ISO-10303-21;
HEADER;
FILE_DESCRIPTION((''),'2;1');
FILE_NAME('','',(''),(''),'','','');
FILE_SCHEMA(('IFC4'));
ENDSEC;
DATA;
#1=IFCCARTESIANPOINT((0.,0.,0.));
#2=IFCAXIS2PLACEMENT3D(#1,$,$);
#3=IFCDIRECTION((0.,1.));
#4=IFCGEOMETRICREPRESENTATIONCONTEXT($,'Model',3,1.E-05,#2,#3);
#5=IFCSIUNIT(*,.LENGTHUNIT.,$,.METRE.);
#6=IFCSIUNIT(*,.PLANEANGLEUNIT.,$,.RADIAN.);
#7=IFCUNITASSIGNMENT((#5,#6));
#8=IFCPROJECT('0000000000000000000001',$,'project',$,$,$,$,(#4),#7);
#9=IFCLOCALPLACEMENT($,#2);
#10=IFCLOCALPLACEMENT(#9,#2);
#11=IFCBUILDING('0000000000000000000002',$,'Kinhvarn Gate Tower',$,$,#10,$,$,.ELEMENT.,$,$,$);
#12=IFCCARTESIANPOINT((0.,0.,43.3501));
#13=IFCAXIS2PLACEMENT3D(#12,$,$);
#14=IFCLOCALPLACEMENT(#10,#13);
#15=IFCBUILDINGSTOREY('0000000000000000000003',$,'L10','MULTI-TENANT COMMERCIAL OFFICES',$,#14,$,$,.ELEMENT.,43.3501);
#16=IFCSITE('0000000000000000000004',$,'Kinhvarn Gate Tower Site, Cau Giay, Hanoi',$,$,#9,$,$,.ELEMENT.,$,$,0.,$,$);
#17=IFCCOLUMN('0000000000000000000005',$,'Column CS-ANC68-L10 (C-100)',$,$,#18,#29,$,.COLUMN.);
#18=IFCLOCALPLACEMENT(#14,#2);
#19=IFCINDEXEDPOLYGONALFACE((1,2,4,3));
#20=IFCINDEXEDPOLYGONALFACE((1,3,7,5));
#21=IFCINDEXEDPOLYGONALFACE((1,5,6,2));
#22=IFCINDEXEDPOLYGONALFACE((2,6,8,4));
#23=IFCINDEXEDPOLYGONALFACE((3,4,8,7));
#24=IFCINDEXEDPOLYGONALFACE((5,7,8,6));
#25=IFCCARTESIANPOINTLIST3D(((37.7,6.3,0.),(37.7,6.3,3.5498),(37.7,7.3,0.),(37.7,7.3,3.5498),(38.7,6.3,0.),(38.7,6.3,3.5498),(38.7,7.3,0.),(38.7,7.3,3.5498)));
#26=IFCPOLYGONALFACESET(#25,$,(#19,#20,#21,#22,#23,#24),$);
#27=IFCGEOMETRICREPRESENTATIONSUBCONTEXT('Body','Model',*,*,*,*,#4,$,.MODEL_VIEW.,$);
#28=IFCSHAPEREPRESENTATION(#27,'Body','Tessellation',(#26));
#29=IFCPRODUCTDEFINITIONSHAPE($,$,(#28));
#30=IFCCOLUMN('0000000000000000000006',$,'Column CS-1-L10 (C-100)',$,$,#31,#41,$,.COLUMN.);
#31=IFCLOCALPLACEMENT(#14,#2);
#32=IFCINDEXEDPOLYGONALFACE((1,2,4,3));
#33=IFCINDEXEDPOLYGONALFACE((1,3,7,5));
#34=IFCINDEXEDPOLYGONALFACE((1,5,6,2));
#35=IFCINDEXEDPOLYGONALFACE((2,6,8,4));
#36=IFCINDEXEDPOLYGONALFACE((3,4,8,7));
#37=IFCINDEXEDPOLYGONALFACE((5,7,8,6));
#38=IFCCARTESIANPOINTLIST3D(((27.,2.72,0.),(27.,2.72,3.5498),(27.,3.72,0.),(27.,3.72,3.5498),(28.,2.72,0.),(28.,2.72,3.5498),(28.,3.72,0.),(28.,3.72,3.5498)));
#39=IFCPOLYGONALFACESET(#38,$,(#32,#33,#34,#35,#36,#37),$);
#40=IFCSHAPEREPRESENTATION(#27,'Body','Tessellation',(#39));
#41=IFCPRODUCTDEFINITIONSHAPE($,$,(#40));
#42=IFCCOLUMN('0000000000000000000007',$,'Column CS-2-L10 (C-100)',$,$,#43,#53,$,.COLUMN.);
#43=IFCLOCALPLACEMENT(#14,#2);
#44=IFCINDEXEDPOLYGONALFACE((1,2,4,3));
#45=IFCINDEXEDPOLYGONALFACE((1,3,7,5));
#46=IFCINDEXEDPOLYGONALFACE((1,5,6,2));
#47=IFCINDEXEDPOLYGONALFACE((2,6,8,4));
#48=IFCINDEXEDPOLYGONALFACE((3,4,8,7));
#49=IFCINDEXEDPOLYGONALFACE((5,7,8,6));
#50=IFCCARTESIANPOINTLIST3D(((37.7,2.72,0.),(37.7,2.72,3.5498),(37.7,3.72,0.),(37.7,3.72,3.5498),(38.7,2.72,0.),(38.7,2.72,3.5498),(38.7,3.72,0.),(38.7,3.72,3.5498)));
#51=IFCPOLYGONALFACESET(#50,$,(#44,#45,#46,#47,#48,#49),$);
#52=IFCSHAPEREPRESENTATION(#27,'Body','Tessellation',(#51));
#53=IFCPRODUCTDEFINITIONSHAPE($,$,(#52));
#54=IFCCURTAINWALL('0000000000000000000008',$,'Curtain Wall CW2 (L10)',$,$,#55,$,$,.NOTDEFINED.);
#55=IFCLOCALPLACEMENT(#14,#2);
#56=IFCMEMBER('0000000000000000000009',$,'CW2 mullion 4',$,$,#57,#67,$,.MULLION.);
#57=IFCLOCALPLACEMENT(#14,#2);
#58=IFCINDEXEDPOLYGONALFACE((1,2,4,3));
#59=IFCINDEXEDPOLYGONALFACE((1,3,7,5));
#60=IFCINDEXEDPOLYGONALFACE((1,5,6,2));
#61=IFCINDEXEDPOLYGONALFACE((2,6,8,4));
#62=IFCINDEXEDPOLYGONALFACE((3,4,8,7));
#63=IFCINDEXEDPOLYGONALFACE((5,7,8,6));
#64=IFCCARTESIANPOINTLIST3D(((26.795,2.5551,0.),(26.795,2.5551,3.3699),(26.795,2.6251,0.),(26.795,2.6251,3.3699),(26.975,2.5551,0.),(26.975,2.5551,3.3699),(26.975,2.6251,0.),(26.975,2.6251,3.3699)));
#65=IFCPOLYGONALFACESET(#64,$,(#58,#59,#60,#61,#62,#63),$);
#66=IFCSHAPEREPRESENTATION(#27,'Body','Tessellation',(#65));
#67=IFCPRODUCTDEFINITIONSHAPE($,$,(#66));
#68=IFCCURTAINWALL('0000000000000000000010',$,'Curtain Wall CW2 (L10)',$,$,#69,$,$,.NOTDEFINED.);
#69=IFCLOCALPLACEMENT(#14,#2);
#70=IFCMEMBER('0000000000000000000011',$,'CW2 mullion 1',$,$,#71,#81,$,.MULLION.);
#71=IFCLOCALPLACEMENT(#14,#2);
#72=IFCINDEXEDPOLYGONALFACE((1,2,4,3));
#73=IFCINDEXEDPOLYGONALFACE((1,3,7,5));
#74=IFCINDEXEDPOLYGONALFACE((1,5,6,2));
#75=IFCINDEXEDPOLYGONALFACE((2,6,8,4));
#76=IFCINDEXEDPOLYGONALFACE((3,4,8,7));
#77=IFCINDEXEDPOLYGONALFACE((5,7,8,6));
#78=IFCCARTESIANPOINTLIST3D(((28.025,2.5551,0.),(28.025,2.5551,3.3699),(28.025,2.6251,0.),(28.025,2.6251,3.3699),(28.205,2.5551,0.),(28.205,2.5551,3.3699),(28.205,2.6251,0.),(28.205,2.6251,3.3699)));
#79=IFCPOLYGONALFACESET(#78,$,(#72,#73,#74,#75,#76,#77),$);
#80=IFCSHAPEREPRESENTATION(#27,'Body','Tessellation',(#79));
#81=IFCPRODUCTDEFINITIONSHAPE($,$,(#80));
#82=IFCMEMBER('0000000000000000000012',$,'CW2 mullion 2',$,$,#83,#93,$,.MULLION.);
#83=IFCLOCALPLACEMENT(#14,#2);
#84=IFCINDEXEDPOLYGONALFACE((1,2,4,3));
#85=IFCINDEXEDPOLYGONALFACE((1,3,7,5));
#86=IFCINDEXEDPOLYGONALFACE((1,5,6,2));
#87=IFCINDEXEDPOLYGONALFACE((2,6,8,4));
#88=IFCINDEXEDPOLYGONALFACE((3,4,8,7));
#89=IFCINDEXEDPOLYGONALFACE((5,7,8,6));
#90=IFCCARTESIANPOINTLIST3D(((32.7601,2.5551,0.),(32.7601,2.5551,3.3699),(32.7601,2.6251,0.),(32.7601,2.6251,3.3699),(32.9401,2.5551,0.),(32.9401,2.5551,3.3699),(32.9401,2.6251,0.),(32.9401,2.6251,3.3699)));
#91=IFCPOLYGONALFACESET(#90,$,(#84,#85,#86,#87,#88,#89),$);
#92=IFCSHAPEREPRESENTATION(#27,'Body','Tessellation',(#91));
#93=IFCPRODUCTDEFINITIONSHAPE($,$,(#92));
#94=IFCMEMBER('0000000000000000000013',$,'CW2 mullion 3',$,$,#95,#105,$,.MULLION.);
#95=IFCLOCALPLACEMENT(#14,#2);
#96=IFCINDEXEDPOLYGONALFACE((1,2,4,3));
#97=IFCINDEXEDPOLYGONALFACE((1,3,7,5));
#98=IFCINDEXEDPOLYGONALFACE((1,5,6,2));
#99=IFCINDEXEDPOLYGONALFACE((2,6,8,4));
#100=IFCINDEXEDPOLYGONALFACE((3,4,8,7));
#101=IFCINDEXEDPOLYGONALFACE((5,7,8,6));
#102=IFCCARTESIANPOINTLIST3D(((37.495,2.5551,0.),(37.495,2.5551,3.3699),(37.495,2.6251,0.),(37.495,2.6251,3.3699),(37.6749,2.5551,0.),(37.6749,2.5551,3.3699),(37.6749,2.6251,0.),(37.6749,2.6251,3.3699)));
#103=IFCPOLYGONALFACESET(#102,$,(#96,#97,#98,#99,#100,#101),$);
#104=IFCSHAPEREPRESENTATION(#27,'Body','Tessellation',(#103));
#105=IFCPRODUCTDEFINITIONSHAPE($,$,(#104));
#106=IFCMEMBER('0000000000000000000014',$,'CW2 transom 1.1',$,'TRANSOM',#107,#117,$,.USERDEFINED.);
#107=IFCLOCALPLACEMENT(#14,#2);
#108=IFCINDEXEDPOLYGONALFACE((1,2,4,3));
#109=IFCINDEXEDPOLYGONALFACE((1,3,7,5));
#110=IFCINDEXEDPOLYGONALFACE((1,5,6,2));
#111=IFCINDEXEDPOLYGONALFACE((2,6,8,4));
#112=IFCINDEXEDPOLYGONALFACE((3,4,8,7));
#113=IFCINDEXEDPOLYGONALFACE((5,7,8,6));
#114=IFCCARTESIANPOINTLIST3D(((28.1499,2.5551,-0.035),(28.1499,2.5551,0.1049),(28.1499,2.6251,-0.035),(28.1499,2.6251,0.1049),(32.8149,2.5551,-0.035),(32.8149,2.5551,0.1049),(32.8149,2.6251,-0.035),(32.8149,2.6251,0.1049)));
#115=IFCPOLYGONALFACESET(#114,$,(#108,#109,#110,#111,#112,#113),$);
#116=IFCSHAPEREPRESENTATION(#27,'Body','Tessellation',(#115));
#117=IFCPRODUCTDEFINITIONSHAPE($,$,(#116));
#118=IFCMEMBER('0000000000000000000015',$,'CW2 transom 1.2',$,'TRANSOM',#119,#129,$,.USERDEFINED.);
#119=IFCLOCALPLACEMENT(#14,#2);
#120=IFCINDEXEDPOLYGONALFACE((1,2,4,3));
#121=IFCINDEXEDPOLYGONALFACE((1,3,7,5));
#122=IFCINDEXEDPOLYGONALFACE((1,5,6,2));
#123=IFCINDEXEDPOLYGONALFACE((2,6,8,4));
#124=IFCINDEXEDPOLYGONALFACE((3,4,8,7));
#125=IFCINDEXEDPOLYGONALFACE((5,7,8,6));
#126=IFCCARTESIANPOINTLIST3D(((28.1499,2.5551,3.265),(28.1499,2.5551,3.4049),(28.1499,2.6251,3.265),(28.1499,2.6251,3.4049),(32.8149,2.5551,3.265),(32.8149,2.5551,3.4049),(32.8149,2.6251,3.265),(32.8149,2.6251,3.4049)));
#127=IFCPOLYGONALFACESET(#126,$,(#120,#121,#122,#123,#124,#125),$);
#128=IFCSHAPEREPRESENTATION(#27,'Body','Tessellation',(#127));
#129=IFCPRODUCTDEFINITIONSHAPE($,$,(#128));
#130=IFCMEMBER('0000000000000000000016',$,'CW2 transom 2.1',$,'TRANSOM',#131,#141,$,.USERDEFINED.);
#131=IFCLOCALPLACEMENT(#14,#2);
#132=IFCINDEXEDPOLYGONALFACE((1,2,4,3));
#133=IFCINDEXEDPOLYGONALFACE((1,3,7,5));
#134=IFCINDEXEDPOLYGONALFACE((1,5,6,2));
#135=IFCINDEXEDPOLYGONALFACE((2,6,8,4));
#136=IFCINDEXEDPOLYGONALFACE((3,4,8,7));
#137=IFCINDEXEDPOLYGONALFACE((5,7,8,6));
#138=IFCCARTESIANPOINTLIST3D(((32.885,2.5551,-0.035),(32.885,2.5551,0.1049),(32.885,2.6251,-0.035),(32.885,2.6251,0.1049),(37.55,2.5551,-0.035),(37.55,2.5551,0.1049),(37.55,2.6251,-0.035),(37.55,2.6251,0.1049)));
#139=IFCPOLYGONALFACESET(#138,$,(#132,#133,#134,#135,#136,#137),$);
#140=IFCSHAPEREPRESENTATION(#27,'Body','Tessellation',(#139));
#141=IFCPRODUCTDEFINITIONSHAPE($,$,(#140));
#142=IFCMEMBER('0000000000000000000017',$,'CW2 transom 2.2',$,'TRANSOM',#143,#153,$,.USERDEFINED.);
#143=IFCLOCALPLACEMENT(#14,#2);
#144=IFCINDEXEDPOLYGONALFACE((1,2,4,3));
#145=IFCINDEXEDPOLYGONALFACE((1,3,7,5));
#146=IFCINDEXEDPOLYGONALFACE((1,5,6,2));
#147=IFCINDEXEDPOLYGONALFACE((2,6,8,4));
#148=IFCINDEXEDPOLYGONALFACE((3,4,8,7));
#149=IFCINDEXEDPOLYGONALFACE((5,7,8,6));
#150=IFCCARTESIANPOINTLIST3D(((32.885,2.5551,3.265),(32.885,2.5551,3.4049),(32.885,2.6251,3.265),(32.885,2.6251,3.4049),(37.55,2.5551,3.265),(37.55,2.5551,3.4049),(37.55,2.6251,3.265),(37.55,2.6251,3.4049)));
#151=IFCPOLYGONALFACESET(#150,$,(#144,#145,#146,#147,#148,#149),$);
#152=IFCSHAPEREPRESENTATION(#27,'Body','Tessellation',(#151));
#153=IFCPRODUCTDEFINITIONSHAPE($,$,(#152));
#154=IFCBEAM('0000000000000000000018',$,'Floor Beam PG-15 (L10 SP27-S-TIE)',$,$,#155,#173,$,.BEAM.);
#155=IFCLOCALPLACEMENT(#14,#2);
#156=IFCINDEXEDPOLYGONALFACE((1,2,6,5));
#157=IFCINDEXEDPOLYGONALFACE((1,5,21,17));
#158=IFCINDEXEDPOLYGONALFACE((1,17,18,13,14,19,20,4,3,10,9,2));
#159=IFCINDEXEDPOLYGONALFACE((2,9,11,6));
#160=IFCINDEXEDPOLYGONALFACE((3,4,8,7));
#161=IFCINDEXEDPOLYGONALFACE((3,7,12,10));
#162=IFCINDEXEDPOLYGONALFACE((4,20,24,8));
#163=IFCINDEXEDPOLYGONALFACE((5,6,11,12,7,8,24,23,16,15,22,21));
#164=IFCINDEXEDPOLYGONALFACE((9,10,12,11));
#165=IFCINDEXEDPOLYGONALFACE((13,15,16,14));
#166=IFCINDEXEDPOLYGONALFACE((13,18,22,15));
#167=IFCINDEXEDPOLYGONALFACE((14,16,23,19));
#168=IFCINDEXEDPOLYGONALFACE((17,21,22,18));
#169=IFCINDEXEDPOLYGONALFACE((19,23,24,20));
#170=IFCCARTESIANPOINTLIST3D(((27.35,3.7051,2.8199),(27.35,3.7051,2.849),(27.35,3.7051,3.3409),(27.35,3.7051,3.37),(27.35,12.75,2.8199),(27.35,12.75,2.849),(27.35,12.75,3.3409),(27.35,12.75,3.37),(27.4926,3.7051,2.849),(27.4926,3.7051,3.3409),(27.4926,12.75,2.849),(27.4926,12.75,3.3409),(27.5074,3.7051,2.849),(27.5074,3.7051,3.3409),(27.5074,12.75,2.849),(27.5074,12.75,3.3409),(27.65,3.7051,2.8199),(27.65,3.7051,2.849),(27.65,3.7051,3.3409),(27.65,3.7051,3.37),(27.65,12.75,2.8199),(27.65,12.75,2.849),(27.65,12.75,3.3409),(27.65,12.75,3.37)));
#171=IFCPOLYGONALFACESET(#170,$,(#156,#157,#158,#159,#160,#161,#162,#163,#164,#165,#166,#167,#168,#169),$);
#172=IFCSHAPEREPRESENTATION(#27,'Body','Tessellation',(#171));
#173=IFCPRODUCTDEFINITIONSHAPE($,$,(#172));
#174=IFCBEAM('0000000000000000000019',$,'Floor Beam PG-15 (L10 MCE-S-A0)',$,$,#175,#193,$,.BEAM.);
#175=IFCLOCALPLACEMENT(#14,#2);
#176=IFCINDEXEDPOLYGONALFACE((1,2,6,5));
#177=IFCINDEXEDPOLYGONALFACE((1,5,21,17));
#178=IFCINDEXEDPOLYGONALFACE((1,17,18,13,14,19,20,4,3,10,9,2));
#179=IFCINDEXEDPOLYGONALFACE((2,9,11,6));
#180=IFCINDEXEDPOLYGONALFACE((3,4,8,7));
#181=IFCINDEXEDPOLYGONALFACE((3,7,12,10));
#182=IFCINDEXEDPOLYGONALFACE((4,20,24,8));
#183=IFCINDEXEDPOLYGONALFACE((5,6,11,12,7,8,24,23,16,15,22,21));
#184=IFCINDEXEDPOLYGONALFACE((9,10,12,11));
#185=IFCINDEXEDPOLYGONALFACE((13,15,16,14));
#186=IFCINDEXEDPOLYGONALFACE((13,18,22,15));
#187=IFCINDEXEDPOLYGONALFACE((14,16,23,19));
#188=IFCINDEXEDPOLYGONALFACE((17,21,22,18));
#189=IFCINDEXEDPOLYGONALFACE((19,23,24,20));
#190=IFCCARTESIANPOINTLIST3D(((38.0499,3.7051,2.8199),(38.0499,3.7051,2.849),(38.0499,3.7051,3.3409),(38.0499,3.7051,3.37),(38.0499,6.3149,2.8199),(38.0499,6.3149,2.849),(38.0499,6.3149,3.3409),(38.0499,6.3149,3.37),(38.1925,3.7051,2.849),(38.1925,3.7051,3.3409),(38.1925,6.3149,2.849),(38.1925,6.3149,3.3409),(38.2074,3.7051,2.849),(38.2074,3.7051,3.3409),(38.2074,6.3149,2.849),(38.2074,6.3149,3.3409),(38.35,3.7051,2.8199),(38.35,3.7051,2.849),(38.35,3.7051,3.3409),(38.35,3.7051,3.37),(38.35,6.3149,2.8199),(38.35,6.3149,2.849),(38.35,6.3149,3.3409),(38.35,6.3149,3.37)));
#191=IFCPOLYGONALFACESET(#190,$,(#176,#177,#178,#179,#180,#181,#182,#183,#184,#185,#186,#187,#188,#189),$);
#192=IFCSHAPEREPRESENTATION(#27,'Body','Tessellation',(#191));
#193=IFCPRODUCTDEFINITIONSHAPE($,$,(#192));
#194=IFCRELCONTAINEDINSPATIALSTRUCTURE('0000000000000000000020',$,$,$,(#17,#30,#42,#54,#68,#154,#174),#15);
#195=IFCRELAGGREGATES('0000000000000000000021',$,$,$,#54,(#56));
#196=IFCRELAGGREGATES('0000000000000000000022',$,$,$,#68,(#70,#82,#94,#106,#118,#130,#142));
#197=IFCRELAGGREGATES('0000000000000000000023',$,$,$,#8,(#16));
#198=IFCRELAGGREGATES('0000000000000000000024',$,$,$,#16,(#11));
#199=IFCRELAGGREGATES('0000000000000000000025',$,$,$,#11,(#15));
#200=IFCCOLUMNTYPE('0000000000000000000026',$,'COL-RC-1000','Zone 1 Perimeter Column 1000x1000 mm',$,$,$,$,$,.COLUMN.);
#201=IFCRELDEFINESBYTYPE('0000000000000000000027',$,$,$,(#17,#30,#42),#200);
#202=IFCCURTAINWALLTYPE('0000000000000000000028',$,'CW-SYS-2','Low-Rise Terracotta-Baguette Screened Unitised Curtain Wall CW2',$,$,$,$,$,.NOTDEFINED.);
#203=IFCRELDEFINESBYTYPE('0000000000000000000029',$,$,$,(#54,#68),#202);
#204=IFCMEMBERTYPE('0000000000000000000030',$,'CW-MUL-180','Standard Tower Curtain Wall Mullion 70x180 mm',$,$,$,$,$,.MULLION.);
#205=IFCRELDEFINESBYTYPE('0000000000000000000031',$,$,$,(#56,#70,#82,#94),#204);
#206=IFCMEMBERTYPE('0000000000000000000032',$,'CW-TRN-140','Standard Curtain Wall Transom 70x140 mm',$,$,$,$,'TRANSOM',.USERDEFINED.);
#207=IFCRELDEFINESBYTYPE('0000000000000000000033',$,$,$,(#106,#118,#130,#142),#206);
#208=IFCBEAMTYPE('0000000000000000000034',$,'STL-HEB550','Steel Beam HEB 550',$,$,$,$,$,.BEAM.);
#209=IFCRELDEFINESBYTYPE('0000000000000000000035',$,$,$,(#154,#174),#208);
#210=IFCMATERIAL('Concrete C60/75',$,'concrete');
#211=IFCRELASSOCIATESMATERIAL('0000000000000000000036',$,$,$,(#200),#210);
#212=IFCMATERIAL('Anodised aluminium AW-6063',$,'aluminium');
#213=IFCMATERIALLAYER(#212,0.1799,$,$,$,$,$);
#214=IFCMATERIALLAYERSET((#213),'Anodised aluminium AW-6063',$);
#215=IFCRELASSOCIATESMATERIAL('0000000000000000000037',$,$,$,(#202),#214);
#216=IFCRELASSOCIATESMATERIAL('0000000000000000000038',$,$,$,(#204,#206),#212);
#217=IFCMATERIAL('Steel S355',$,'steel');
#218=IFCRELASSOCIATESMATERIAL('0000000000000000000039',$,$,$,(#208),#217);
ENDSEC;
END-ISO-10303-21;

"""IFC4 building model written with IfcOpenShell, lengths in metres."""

from ifc_helpers import new_model, si_unit, direction, frame, origin, origin_2d, place, context, subcontext, project, spatial, rectangle, i_section, extrude, material, layer, layer_set, material_profile, profile_set, type_object, element, aggregate, save


model = new_model("IFC4")

# Units and contexts
model_context = context("Model", 3, precision=1e-05, world=origin(), true_north=direction((0.0, 1.0)))
body_context = subcontext(model_context, "Body", "Model", "MODEL_VIEW")
ifc_project = project(units=[si_unit("LENGTHUNIT", "METRE"), si_unit("PLANEANGLEUNIT", "RADIAN")], contexts=[model_context])

# Site, building, storey
site_placement = place(None, origin())
site = spatial("IfcSite", under=ifc_project, at=site_placement, Name="Kinhvarn Gate Tower Site, Cau Giay, Hanoi", CompositionType="ELEMENT", RefElevation=0.0)
building_placement = place(site_placement, origin())
building = spatial("IfcBuilding", under=site, at=building_placement, Name="Kinhvarn Gate Tower", CompositionType="ELEMENT")
storey_placement = place(building_placement, frame((0.0, 0.0, 43.3501)))
storey = spatial("IfcBuildingStorey", under=building, at=storey_placement, Name="L10", Description="MULTI-TENANT COMMERCIAL OFFICES", CompositionType="ELEMENT", Elevation=43.3501)

# Columns
ifc_material_1 = material(Name="Concrete C60/75", Category="concrete")
ifc_material_profile_1 = material_profile(ifc_material_1, rectangle(XDim=1.0, YDim=1.0, at=origin_2d()), Name="RC 1000x1000")
ifc_profile_set_1 = profile_set([ifc_material_profile_1], Name="Concrete C60/75")
column_type = type_object("IfcColumnType", Name="COL-RC-1000", Description="Zone 1 Perimeter Column 1000x1000 mm", PredefinedType="COLUMN", material=ifc_profile_set_1)
for number, where, z_axis, x_axis, name in (
    (1, (38.2, 6.8, 0.0), (0.0, 0.0, 1.0), (1.0, 0.0, 0.0), "Column CS-ANC68-L10 (C-100)"),
    (2, (27.5, 3.22, 0.0), (0.0, 0.0, 1.0), (1.0, 0.0, 0.0), "Column CS-1-L10 (C-100)"),
    (3, (38.2, 3.22, 0.0), (0.0, 0.0, 1.0), (1.0, 0.0, 0.0), "Column CS-2-L10 (C-100)"),
):
    element("IfcColumn", number, at=place(storey_placement, frame(where, z_axis=z_axis, x_axis=x_axis)), inside=storey, type_object=column_type, Name=name, PredefinedType="COLUMN", context=body_context, shape_type="SweptSolid", body=[
        extrude(rectangle(XDim=1.0, YDim=1.0, at=origin_2d()), origin(), (0.0, 0.0, 1.0), 3.5498),
    ])

# Curtain wall, member
ifc_material_2 = material(Name="Anodised aluminium AW-6063", Category="aluminium")
ifc_layer_1 = layer(ifc_material_2, 0.1799)
ifc_layer_set_1 = layer_set([ifc_layer_1], Name="Anodised aluminium AW-6063")
curtain_wall_type = type_object("IfcCurtainWallType", Name="CW-SYS-2", Description="Low-Rise Terracotta-Baguette Screened Unitised Curtain Wall CW2", PredefinedType="NOTDEFINED", material=ifc_layer_set_1)
curtain_wall_1_placement = place(storey_placement, origin())
curtain_wall_1 = element("IfcCurtainWall", 4, at=curtain_wall_1_placement, inside=storey, type_object=curtain_wall_type, Name="Curtain Wall CW2 (L10)", PredefinedType="NOTDEFINED")
ifc_material_profile_2 = material_profile(ifc_material_2, rectangle(XDim=0.0701, YDim=0.1799, at=origin_2d()), Name="ALU 70x180")
ifc_profile_set_2 = profile_set([ifc_material_profile_2], Name="Anodised aluminium AW-6063")
member_type_1 = type_object("IfcMemberType", Name="CW-MUL-180", Description="Standard Tower Curtain Wall Mullion 70x180 mm", PredefinedType="MULLION", material=ifc_profile_set_2)
member_1_placement = place(storey_placement, frame((26.885, 2.5901, 0.0), z_axis=(0.0, 0.0, 1.0), x_axis=(0.0, 1.0, 0.0)))
member_1 = element("IfcMember", 5, at=member_1_placement, type_object=member_type_1, Name="CW2 mullion 4", PredefinedType="MULLION", context=body_context, shape_type="SweptSolid", body=[
    extrude(rectangle(XDim=0.0701, YDim=0.1799, at=origin_2d()), origin(), (0.0, 0.0, 1.0), 3.3699),
])
aggregate(curtain_wall_1, [member_1])

# Curtain wall, members
curtain_wall_2_placement = place(storey_placement, origin())
curtain_wall_2 = element("IfcCurtainWall", 6, at=curtain_wall_2_placement, inside=storey, type_object=curtain_wall_type, Name="Curtain Wall CW2 (L10)", PredefinedType="NOTDEFINED")
member_2_placement = place(storey_placement, frame((28.115, 2.5901, 0.0), z_axis=(0.0, 0.0, 1.0), x_axis=(0.0, 1.0, 0.0)))
member_2 = element("IfcMember", 7, at=member_2_placement, type_object=member_type_1, Name="CW2 mullion 1", PredefinedType="MULLION", context=body_context, shape_type="SweptSolid", body=[
    extrude(rectangle(XDim=0.0701, YDim=0.1799, at=origin_2d()), origin(), (0.0, 0.0, 1.0), 3.3699),
])
member_3_placement = place(storey_placement, frame((32.8501, 2.5901, 0.0), z_axis=(0.0, 0.0, 1.0), x_axis=(0.0, 1.0, 0.0)))
member_3 = element("IfcMember", 8, at=member_3_placement, type_object=member_type_1, Name="CW2 mullion 2", PredefinedType="MULLION", context=body_context, shape_type="SweptSolid", body=[
    extrude(rectangle(XDim=0.0701, YDim=0.1799, at=origin_2d()), origin(), (0.0, 0.0, 1.0), 3.3699),
])
member_4_placement = place(storey_placement, frame((37.585, 2.5901, 0.0), z_axis=(0.0, 0.0, 1.0), x_axis=(0.0, 1.0, 0.0)))
member_4 = element("IfcMember", 9, at=member_4_placement, type_object=member_type_1, Name="CW2 mullion 3", PredefinedType="MULLION", context=body_context, shape_type="SweptSolid", body=[
    extrude(rectangle(XDim=0.0701, YDim=0.1799, at=origin_2d()), origin(), (0.0, 0.0, 1.0), 3.3699),
])
ifc_material_profile_3 = material_profile(ifc_material_2, rectangle(XDim=0.0701, YDim=0.1399, at=origin_2d()), Name="ALU 70x140")
ifc_profile_set_3 = profile_set([ifc_material_profile_3], Name="Anodised aluminium AW-6063")
member_type_2 = type_object("IfcMemberType", Name="CW-TRN-140", Description="Standard Curtain Wall Transom 70x140 mm", ElementType="TRANSOM", PredefinedType="USERDEFINED", material=ifc_profile_set_3)
member_5_placement = place(storey_placement, frame((28.1499, 2.5901, 0.0349), z_axis=(1.0, 0.0, 0.0), x_axis=(0.0, 1.0, 0.0)))
member_5 = element("IfcMember", 10, at=member_5_placement, type_object=member_type_2, Name="CW2 transom 1.1", ObjectType="TRANSOM", PredefinedType="USERDEFINED", context=body_context, shape_type="SweptSolid", body=[
    extrude(rectangle(XDim=0.0701, YDim=0.1399, at=origin_2d()), origin(), (0.0, 0.0, 1.0), 4.665),
])
member_6_placement = place(storey_placement, frame((28.1499, 2.5901, 3.335), z_axis=(1.0, 0.0, 0.0), x_axis=(0.0, 1.0, 0.0)))
member_6 = element("IfcMember", 11, at=member_6_placement, type_object=member_type_2, Name="CW2 transom 1.2", ObjectType="TRANSOM", PredefinedType="USERDEFINED", context=body_context, shape_type="SweptSolid", body=[
    extrude(rectangle(XDim=0.0701, YDim=0.1399, at=origin_2d()), origin(), (0.0, 0.0, 1.0), 4.665),
])
member_7_placement = place(storey_placement, frame((32.885, 2.5901, 0.0349), z_axis=(1.0, 0.0, 0.0), x_axis=(0.0, 1.0, 0.0)))
member_7 = element("IfcMember", 12, at=member_7_placement, type_object=member_type_2, Name="CW2 transom 2.1", ObjectType="TRANSOM", PredefinedType="USERDEFINED", context=body_context, shape_type="SweptSolid", body=[
    extrude(rectangle(XDim=0.0701, YDim=0.1399, at=origin_2d()), origin(), (0.0, 0.0, 1.0), 4.665),
])
member_8_placement = place(storey_placement, frame((32.885, 2.5901, 3.335), z_axis=(1.0, 0.0, 0.0), x_axis=(0.0, 1.0, 0.0)))
member_8 = element("IfcMember", 13, at=member_8_placement, type_object=member_type_2, Name="CW2 transom 2.2", ObjectType="TRANSOM", PredefinedType="USERDEFINED", context=body_context, shape_type="SweptSolid", body=[
    extrude(rectangle(XDim=0.0701, YDim=0.1399, at=origin_2d()), origin(), (0.0, 0.0, 1.0), 4.665),
])

# Beams
ifc_material_3 = material(Name="Steel S355", Category="steel")
ifc_material_profile_4 = material_profile(ifc_material_3, i_section(OverallWidth=0.3, OverallDepth=0.55, WebThickness=0.0149, FlangeThickness=0.0291, at=origin_2d()), Name="HEB 550")
ifc_profile_set_4 = profile_set([ifc_material_profile_4], Name="Steel S355")
beam_type_1 = type_object("IfcBeamType", Name="STL-HEB550", Description="Steel Beam HEB 550", PredefinedType="BEAM", material=ifc_profile_set_4)
beam_1_placement = place(storey_placement, frame((27.5, 3.7051, 3.095), z_axis=(0.0, 1.0, 0.0), x_axis=(-1.0, 0.0, 0.0)))
element("IfcBeam", 14, at=beam_1_placement, inside=storey, type_object=beam_type_1, Name="Floor Beam PG-15 (L10 SP27-S-TIE)", PredefinedType="BEAM", context=body_context, shape_type="SweptSolid", body=[
    extrude(i_section(OverallWidth=0.3, OverallDepth=0.55, WebThickness=0.0149, FlangeThickness=0.0291, at=origin_2d()), origin(), (0.0, 0.0, 1.0), 9.0449),
])
beam_2_placement = place(storey_placement, frame((38.2, 3.7051, 3.095), z_axis=(0.0, 1.0, 0.0), x_axis=(-1.0, 0.0, 0.0)))
element("IfcBeam", 15, at=beam_2_placement, inside=storey, type_object=beam_type_1, Name="Floor Beam PG-15 (L10 MCE-S-A0)", PredefinedType="BEAM", context=body_context, shape_type="SweptSolid", body=[
    extrude(i_section(OverallWidth=0.3, OverallDepth=0.55, WebThickness=0.0149, FlangeThickness=0.0291, at=origin_2d()), origin(), (0.0, 0.0, 1.0), 2.6099),
])

aggregate(curtain_wall_2, [member_2, member_3, member_4, member_5, member_6, member_7, member_8])

save(model, "model.ifc")
